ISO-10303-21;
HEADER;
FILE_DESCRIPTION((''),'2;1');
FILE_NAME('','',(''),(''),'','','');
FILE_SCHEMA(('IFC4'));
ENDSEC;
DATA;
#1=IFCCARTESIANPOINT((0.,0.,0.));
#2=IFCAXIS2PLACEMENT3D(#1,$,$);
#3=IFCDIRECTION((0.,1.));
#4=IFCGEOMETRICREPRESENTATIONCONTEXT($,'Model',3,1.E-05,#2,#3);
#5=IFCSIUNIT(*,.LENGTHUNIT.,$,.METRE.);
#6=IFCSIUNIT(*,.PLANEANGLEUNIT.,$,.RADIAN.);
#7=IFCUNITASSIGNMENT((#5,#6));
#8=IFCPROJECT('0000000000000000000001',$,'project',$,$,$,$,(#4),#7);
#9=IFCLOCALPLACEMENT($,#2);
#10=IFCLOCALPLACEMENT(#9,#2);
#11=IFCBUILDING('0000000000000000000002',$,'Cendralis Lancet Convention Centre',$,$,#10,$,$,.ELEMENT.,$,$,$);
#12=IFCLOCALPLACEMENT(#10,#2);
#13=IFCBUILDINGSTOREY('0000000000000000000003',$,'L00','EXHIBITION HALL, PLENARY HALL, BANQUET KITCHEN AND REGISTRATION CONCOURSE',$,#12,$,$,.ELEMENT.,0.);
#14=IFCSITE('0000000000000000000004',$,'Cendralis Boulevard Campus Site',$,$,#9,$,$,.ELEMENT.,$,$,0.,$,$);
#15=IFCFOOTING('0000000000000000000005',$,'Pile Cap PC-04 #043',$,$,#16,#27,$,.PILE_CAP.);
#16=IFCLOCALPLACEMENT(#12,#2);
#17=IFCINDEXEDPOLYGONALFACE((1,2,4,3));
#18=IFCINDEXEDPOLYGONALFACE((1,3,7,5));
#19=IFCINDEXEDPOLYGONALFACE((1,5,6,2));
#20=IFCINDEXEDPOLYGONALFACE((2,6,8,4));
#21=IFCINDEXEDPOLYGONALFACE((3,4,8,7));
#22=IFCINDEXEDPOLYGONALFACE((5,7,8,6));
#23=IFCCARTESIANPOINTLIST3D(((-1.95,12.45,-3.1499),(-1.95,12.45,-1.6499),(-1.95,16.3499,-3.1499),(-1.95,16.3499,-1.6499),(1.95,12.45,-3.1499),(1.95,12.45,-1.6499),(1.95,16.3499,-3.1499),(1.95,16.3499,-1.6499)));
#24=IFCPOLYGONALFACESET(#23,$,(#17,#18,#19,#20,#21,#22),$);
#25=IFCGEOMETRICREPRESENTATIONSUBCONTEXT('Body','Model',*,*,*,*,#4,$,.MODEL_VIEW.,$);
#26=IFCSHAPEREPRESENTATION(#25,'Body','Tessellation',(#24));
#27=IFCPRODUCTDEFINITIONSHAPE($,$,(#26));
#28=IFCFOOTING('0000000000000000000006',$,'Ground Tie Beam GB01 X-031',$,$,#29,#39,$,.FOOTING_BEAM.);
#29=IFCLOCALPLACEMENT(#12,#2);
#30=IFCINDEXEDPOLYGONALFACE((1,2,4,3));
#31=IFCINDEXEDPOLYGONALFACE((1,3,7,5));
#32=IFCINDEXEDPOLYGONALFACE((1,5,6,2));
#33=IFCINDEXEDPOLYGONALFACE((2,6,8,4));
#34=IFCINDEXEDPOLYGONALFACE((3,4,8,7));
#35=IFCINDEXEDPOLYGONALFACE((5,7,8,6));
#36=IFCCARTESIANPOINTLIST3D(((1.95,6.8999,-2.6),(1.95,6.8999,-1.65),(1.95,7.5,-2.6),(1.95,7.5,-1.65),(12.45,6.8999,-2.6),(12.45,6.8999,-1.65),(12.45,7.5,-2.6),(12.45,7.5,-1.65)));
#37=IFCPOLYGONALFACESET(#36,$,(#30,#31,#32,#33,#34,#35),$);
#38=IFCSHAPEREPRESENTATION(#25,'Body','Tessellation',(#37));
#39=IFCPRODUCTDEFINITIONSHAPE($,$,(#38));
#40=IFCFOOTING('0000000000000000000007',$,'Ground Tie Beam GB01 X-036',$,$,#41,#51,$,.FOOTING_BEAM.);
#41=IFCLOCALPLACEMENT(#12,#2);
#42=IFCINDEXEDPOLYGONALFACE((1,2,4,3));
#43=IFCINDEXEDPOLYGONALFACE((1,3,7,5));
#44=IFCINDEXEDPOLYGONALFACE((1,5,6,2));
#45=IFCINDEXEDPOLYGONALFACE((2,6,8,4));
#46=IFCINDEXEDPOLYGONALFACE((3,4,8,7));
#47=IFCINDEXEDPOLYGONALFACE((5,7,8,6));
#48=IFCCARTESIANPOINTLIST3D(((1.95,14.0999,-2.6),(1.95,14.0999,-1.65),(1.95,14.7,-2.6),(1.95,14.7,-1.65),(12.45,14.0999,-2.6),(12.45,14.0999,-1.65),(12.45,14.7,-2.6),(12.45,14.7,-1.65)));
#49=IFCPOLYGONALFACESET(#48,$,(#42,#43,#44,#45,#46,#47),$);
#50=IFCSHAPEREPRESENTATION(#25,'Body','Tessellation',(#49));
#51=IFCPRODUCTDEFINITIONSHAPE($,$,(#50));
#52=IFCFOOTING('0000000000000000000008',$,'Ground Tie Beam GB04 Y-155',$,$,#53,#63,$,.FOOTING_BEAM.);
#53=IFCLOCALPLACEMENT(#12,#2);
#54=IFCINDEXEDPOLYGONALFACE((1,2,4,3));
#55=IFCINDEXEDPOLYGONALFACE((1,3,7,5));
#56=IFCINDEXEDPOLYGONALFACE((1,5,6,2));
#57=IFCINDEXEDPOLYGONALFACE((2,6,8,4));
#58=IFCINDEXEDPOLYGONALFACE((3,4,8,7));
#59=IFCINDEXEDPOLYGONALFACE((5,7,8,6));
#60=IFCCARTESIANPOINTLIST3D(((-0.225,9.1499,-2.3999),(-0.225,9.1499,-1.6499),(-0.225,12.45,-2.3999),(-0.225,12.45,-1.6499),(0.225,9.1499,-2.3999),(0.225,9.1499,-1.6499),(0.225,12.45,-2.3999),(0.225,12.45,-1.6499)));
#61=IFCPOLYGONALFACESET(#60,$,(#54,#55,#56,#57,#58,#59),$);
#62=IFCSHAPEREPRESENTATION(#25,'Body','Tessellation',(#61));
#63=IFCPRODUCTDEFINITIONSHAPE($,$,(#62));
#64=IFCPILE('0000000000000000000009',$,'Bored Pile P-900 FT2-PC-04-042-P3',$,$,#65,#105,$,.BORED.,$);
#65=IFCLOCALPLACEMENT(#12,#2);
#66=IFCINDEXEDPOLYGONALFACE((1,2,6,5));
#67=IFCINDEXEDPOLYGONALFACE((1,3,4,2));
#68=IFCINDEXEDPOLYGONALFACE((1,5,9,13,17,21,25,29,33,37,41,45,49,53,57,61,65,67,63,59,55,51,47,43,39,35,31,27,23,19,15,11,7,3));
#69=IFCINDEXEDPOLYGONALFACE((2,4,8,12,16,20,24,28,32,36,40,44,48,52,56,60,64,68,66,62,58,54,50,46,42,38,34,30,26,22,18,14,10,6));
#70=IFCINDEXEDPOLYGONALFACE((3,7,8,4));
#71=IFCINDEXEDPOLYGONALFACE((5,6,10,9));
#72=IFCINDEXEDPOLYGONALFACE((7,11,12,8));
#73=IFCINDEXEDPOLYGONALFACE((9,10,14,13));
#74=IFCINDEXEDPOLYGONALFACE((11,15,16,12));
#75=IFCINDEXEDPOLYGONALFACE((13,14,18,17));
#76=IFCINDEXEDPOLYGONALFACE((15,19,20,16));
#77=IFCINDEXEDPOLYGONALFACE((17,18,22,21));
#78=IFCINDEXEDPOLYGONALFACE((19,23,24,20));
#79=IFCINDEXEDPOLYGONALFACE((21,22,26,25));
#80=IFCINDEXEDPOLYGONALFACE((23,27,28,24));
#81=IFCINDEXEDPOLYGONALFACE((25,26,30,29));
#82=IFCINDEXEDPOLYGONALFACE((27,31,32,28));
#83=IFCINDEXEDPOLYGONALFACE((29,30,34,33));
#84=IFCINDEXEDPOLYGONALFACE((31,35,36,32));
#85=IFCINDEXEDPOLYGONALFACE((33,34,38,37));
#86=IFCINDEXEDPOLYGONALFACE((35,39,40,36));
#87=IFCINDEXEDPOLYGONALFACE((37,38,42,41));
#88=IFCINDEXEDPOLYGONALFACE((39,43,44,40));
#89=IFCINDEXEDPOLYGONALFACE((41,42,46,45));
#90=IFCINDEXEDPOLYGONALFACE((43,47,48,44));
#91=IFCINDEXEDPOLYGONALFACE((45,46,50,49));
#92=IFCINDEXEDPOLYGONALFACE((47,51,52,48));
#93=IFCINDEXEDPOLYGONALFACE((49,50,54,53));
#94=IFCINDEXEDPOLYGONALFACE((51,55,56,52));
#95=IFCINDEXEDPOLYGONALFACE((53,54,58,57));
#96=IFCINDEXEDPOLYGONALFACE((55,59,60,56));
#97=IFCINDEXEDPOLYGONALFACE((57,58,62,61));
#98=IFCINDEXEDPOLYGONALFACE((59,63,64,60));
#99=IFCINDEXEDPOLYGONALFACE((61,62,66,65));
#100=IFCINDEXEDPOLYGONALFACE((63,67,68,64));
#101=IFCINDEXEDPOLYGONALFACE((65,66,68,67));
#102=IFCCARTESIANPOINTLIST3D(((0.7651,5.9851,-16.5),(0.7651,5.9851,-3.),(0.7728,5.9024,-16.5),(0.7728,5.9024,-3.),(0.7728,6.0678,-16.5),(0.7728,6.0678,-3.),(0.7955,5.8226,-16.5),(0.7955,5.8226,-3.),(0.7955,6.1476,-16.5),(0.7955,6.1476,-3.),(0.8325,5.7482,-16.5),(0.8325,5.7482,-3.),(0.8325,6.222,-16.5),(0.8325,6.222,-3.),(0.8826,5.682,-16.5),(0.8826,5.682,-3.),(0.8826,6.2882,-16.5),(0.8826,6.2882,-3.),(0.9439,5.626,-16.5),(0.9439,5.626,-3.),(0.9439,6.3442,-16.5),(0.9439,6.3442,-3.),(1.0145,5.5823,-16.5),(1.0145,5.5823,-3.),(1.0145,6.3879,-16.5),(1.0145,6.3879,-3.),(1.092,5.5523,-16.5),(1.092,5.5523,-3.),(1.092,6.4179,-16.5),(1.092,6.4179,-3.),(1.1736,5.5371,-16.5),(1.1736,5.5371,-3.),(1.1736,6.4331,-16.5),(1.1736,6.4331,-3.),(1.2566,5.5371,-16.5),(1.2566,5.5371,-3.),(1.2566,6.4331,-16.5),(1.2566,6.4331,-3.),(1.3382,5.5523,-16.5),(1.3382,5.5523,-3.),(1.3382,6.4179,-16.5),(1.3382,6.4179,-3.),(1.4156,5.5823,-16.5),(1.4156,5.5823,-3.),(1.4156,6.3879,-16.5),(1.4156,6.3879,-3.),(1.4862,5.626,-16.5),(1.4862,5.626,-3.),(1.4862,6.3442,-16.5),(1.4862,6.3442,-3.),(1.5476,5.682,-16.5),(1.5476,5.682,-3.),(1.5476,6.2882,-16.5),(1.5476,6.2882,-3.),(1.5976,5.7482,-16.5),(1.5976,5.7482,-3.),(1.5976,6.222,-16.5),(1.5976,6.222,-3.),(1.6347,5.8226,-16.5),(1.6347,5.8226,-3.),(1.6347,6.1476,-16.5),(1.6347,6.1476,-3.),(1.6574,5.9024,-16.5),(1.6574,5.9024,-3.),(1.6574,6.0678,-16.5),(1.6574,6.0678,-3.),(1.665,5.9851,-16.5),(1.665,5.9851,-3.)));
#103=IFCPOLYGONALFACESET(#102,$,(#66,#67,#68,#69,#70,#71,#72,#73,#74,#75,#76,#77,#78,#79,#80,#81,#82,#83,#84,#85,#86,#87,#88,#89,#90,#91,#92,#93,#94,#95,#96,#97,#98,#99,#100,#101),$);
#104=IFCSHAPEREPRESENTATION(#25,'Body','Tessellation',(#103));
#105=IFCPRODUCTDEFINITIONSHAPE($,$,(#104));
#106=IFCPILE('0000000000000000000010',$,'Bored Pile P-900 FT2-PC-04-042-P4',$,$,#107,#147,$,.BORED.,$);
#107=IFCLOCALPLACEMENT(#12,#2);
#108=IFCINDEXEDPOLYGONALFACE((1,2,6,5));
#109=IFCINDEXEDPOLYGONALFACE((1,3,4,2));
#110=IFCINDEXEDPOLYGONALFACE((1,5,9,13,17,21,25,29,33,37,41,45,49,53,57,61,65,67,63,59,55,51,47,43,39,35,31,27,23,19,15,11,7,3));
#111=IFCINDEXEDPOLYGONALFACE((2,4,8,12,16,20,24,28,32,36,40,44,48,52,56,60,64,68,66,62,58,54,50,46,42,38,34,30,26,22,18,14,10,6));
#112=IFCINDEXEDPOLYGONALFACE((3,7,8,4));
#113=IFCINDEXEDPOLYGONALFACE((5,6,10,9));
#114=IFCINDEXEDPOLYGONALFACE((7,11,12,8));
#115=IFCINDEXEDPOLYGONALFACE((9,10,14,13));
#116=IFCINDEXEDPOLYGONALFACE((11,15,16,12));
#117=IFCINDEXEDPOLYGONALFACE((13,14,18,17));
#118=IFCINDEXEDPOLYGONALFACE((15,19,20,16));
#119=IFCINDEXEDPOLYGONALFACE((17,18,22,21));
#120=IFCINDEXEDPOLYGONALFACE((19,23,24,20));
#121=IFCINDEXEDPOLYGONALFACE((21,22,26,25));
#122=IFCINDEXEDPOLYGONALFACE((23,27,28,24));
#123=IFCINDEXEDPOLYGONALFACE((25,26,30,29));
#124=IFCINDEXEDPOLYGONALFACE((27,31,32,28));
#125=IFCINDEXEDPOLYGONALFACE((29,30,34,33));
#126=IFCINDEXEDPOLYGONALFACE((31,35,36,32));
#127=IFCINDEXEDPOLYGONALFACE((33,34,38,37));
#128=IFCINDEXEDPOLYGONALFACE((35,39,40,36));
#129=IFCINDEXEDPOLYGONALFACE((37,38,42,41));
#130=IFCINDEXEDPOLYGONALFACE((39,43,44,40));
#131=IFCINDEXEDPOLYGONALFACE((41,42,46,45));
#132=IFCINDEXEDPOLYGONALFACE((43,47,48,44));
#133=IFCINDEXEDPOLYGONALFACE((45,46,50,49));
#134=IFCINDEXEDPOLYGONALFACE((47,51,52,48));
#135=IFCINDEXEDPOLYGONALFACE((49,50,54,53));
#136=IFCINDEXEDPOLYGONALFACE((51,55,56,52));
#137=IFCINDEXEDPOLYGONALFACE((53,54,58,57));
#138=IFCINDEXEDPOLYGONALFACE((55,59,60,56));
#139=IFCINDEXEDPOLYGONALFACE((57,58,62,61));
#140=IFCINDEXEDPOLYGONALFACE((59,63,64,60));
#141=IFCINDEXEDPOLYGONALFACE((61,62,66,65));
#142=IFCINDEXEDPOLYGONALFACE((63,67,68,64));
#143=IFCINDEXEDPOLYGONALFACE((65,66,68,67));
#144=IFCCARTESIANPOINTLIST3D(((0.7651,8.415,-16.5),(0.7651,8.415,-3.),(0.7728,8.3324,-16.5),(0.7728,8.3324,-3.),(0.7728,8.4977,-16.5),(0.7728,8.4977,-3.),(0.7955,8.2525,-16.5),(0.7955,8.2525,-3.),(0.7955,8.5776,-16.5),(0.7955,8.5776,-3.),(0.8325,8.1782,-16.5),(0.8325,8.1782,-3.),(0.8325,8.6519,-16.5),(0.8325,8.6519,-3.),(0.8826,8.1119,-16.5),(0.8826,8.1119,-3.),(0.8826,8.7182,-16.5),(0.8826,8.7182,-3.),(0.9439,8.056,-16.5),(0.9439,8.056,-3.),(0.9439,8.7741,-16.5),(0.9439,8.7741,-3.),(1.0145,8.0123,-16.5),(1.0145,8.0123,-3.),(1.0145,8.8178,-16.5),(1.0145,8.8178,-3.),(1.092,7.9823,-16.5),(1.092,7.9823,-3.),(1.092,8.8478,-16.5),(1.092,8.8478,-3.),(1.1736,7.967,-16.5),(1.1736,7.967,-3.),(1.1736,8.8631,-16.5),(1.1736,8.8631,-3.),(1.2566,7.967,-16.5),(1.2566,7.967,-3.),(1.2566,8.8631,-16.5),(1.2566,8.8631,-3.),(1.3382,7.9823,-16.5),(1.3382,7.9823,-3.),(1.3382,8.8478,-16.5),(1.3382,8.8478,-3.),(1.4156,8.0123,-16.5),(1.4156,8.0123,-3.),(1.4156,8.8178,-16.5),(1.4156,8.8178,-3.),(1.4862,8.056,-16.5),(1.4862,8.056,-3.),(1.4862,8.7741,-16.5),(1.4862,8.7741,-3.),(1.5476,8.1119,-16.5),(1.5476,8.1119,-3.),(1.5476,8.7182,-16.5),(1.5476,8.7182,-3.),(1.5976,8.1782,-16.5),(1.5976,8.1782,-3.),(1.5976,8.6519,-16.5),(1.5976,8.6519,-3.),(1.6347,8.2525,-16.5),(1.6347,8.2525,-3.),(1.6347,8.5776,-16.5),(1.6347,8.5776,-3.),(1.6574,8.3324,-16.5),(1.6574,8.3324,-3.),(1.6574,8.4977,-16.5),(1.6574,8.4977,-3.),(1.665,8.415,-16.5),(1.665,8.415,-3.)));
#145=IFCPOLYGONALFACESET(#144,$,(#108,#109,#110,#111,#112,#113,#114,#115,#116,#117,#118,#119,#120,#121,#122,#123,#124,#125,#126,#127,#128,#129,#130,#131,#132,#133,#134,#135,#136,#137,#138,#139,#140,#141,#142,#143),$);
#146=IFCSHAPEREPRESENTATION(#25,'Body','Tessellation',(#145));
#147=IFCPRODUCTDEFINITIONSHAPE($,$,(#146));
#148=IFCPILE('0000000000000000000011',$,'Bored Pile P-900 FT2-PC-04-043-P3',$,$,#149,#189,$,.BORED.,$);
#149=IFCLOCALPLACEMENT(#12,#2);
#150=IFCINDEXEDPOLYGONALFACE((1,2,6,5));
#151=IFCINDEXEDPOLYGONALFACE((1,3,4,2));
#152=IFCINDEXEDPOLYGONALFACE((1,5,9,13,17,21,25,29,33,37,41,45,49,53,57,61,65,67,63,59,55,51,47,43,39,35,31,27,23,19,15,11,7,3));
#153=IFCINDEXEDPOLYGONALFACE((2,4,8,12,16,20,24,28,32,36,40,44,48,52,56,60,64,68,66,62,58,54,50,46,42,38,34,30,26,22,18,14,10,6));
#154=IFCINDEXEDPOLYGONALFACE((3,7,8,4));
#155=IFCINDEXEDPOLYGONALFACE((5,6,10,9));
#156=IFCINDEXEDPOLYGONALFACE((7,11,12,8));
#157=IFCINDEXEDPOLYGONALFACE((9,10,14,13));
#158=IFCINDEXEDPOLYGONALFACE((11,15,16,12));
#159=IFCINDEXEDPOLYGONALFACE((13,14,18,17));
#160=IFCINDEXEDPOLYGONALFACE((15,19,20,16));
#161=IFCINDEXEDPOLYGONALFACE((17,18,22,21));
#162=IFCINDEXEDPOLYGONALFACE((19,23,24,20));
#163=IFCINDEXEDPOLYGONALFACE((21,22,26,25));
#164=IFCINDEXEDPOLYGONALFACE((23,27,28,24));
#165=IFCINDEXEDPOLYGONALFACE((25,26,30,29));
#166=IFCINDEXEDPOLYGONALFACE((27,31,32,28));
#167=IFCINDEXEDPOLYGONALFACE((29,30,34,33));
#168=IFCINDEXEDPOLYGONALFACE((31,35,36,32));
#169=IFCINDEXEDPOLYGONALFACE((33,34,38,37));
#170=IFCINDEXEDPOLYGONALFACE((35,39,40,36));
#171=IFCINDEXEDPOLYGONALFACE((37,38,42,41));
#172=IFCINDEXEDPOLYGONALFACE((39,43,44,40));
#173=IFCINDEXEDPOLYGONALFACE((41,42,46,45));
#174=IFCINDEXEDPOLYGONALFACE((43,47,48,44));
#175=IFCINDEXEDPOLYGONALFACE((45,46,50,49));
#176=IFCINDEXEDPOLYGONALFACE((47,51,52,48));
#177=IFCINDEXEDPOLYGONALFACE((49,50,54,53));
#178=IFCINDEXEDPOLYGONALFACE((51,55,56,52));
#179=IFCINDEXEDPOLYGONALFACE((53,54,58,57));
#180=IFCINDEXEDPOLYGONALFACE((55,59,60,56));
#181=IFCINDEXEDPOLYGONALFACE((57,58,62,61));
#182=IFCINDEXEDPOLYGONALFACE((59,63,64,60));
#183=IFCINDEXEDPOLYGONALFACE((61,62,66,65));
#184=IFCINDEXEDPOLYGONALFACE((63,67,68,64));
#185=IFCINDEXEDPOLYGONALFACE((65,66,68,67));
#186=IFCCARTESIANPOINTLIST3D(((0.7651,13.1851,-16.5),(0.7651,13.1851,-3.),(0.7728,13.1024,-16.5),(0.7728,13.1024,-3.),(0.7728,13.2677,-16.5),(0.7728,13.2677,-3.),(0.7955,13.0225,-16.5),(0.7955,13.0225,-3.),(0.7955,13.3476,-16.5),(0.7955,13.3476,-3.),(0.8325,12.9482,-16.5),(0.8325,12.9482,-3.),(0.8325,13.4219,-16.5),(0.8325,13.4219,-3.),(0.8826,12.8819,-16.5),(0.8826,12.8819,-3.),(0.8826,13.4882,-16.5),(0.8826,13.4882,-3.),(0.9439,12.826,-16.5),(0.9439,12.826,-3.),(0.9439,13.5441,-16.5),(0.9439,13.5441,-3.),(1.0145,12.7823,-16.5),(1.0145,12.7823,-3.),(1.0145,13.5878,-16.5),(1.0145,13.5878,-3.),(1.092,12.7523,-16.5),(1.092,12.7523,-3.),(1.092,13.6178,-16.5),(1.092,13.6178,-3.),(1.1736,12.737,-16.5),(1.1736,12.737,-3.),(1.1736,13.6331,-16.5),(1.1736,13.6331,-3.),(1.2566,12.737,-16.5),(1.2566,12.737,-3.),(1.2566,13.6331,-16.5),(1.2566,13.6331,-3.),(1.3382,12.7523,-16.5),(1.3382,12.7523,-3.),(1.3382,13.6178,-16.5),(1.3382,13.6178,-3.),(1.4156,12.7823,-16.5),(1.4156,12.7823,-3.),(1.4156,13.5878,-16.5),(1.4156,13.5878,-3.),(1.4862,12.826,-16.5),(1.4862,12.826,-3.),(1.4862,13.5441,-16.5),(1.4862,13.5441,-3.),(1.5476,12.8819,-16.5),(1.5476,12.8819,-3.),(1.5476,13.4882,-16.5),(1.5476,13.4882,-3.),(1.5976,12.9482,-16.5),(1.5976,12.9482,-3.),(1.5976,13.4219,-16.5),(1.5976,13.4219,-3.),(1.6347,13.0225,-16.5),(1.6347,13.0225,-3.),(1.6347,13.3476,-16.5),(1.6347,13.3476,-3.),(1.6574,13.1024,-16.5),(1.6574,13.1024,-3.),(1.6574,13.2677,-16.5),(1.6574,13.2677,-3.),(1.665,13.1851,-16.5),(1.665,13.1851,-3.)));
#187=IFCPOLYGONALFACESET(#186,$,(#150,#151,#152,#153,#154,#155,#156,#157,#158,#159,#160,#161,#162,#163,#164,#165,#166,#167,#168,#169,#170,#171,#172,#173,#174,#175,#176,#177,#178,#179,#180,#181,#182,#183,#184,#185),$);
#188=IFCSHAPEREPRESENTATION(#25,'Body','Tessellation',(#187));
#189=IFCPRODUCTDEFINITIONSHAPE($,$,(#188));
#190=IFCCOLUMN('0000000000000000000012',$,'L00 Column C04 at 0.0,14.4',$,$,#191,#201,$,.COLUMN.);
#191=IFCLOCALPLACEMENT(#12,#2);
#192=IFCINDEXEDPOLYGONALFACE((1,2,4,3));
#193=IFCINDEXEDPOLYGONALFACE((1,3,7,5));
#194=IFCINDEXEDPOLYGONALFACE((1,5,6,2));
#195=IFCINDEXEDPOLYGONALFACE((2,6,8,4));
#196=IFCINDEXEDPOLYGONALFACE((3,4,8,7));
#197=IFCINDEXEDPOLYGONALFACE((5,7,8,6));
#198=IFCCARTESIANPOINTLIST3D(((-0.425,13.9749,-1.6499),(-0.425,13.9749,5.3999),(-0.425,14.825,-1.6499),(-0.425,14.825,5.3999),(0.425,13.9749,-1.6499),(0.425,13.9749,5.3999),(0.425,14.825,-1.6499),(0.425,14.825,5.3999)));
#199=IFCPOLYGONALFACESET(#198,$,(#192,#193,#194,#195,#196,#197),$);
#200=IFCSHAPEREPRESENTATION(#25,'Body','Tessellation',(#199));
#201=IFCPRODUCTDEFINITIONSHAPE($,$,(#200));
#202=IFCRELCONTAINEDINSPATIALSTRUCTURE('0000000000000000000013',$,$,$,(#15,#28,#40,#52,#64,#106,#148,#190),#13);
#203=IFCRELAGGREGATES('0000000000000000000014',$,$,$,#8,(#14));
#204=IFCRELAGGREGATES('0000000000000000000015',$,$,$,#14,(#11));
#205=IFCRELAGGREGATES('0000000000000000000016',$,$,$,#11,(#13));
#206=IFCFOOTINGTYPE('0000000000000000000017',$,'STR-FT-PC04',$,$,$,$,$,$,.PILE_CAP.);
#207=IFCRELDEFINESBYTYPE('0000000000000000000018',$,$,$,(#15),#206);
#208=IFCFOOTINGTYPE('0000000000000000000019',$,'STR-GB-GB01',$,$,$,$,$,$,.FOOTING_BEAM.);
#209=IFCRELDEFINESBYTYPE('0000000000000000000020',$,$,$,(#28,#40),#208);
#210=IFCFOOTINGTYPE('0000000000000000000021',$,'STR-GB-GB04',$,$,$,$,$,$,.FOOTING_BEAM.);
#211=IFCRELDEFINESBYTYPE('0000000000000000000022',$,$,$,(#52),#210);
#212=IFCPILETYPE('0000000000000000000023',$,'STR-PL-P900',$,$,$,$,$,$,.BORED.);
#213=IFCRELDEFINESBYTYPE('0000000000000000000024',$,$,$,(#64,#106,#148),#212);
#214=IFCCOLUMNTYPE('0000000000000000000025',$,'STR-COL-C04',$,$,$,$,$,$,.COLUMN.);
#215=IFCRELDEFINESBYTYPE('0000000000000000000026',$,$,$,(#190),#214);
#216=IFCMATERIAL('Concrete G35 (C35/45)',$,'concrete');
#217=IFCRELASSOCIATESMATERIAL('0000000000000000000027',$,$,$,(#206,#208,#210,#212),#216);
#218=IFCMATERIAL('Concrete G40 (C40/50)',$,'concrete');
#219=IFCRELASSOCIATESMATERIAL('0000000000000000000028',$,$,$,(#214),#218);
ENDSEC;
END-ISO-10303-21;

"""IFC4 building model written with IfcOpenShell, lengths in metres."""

from ifc_helpers import new_model, si_unit, direction, frame, origin, origin_2d, place, context, subcontext, project, spatial, rectangle, circle, extrude, material, material_profile, profile_set, type_object, element, save


model = new_model("IFC4")

# Units and contexts
model_context = context("Model", 3, precision=1e-05, world=origin(), true_north=direction((0.0, 1.0)))
body_context = subcontext(model_context, "Body", "Model", "MODEL_VIEW")
ifc_project = project(units=[si_unit("LENGTHUNIT", "METRE"), si_unit("PLANEANGLEUNIT", "RADIAN")], contexts=[model_context])

# Site, building, storey
site_placement = place(None, origin())
site = spatial("IfcSite", under=ifc_project, at=site_placement, Name="Cendralis Boulevard Campus Site", CompositionType="ELEMENT", RefElevation=0.0)
building_placement = place(site_placement, origin())
building = spatial("IfcBuilding", under=site, at=building_placement, Name="Cendralis Lancet Convention Centre", CompositionType="ELEMENT")
storey_placement = place(building_placement, origin())
storey = spatial("IfcBuildingStorey", under=building, at=storey_placement, Name="L00", Description="EXHIBITION HALL, PLENARY HALL, BANQUET KITCHEN AND REGISTRATION CONCOURSE", CompositionType="ELEMENT", Elevation=0.0)

# Footings
ifc_material_1 = material(Name="Concrete G35 (C35/45)", Category="concrete")
footing_type_1 = type_object("IfcFootingType", Name="STR-FT-PC04", PredefinedType="PILE_CAP", material=ifc_material_1)
footing_1_placement = place(storey_placement, frame((0.0, 14.3999, -3.1499), z_axis=(0.0, 0.0, 1.0), x_axis=(1.0, 0.0, 0.0)))
element("IfcFooting", 1, at=footing_1_placement, inside=storey, type_object=footing_type_1, Name="Pile Cap PC-04 #043", PredefinedType="PILE_CAP", context=body_context, shape_type="SweptSolid", body=[
    extrude(rectangle(XDim=3.8999, YDim=3.8999, at=origin_2d()), origin(), (0.0, 0.0, 1.0), 1.5),
])
ifc_material_profile_1 = material_profile(ifc_material_1, rectangle(XDim=0.6001, YDim=0.95, at=origin_2d()), Name="RCB 600x950")
ifc_profile_set_1 = profile_set([ifc_material_profile_1], Name="Concrete G35 (C35/45)")
footing_type_2 = type_object("IfcFootingType", Name="STR-GB-GB01", PredefinedType="FOOTING_BEAM", material=ifc_profile_set_1)
for number, where, z_axis, x_axis, name in (
    (2, (1.95, 7.2, -2.125), (1.0, 0.0, 0.0), (0.0, 1.0, 0.0), "Ground Tie Beam GB01 X-031"),
    (3, (1.95, 14.3999, -2.125), (1.0, 0.0, 0.0), (0.0, 1.0, 0.0), "Ground Tie Beam GB01 X-036"),
):
    element("IfcFooting", number, at=place(storey_placement, frame(where, z_axis=z_axis, x_axis=x_axis)), inside=storey, type_object=footing_type_2, Name=name, PredefinedType="FOOTING_BEAM", context=body_context, shape_type="SweptSolid", body=[
        extrude(rectangle(XDim=0.6001, YDim=0.95, at=origin_2d()), origin(), (0.0, 0.0, 1.0), 10.5),
    ])
ifc_material_profile_2 = material_profile(ifc_material_1, rectangle(XDim=0.45, YDim=0.75, at=origin_2d()), Name="RCB 450x750")
ifc_profile_set_2 = profile_set([ifc_material_profile_2], Name="Concrete G35 (C35/45)")
footing_type_3 = type_object("IfcFootingType", Name="STR-GB-GB04", PredefinedType="FOOTING_BEAM", material=ifc_profile_set_2)
footing_2_placement = place(storey_placement, frame((0.0, 9.1499, -2.0249), z_axis=(0.0, 1.0, 0.0), x_axis=(-1.0, 0.0, 0.0)))
element("IfcFooting", 4, at=footing_2_placement, inside=storey, type_object=footing_type_3, Name="Ground Tie Beam GB04 Y-155", PredefinedType="FOOTING_BEAM", context=body_context, shape_type="SweptSolid", body=[
    extrude(rectangle(XDim=0.45, YDim=0.75, at=origin_2d()), origin(), (0.0, 0.0, 1.0), 3.3),
])

# Piles
ifc_material_profile_3 = material_profile(ifc_material_1, circle(Radius=0.45, at=origin_2d()), Name="BORED PILE D900")
ifc_profile_set_3 = profile_set([ifc_material_profile_3], Name="Concrete G35 (C35/45)")
pile_type = type_object("IfcPileType", Name="STR-PL-P900", PredefinedType="BORED", material=ifc_profile_set_3)
for number, where, z_axis, x_axis, name in (
    (5, (1.2151, 5.9851, -3.0), (0.0, 0.0, -1.0), (1.0, 0.0, 0.0), "Bored Pile P-900 FT2-PC-04-042-P3"),
    (6, (1.2151, 8.415, -3.0), (0.0, 0.0, -1.0), (1.0, 0.0, 0.0), "Bored Pile P-900 FT2-PC-04-042-P4"),
    (7, (1.2151, 13.1851, -3.0), (0.0, 0.0, -1.0), (1.0, 0.0, 0.0), "Bored Pile P-900 FT2-PC-04-043-P3"),
):
    element("IfcPile", number, at=place(storey_placement, frame(where, z_axis=z_axis, x_axis=x_axis)), inside=storey, type_object=pile_type, Name=name, PredefinedType="BORED", context=body_context, shape_type="SweptSolid", body=[
        extrude(circle(Radius=0.45, at=origin_2d()), origin(), (0.0, 0.0, 1.0), 13.5),
    ])

# Column
ifc_material_2 = material(Name="Concrete G40 (C40/50)", Category="concrete")
ifc_material_profile_4 = material_profile(ifc_material_2, rectangle(XDim=0.8501, YDim=0.8501, at=origin_2d()), Name="RC 850x850")
ifc_profile_set_4 = profile_set([ifc_material_profile_4], Name="Concrete G40 (C40/50)")
column_type = type_object("IfcColumnType", Name="STR-COL-C04", PredefinedType="COLUMN", material=ifc_profile_set_4)
column_placement = place(storey_placement, frame((0.0, 14.3999, -1.6499), z_axis=(0.0, 0.0, 1.0), x_axis=(1.0, 0.0, 0.0)))
element("IfcColumn", 8, at=column_placement, inside=storey, type_object=column_type, Name="L00 Column C04 at 0.0,14.4", PredefinedType="COLUMN", context=body_context, shape_type="SweptSolid", body=[
    extrude(rectangle(XDim=0.8501, YDim=0.8501, at=origin_2d()), origin(), (0.0, 0.0, 1.0), 7.0498),
])

save(model, "model.ifc")
